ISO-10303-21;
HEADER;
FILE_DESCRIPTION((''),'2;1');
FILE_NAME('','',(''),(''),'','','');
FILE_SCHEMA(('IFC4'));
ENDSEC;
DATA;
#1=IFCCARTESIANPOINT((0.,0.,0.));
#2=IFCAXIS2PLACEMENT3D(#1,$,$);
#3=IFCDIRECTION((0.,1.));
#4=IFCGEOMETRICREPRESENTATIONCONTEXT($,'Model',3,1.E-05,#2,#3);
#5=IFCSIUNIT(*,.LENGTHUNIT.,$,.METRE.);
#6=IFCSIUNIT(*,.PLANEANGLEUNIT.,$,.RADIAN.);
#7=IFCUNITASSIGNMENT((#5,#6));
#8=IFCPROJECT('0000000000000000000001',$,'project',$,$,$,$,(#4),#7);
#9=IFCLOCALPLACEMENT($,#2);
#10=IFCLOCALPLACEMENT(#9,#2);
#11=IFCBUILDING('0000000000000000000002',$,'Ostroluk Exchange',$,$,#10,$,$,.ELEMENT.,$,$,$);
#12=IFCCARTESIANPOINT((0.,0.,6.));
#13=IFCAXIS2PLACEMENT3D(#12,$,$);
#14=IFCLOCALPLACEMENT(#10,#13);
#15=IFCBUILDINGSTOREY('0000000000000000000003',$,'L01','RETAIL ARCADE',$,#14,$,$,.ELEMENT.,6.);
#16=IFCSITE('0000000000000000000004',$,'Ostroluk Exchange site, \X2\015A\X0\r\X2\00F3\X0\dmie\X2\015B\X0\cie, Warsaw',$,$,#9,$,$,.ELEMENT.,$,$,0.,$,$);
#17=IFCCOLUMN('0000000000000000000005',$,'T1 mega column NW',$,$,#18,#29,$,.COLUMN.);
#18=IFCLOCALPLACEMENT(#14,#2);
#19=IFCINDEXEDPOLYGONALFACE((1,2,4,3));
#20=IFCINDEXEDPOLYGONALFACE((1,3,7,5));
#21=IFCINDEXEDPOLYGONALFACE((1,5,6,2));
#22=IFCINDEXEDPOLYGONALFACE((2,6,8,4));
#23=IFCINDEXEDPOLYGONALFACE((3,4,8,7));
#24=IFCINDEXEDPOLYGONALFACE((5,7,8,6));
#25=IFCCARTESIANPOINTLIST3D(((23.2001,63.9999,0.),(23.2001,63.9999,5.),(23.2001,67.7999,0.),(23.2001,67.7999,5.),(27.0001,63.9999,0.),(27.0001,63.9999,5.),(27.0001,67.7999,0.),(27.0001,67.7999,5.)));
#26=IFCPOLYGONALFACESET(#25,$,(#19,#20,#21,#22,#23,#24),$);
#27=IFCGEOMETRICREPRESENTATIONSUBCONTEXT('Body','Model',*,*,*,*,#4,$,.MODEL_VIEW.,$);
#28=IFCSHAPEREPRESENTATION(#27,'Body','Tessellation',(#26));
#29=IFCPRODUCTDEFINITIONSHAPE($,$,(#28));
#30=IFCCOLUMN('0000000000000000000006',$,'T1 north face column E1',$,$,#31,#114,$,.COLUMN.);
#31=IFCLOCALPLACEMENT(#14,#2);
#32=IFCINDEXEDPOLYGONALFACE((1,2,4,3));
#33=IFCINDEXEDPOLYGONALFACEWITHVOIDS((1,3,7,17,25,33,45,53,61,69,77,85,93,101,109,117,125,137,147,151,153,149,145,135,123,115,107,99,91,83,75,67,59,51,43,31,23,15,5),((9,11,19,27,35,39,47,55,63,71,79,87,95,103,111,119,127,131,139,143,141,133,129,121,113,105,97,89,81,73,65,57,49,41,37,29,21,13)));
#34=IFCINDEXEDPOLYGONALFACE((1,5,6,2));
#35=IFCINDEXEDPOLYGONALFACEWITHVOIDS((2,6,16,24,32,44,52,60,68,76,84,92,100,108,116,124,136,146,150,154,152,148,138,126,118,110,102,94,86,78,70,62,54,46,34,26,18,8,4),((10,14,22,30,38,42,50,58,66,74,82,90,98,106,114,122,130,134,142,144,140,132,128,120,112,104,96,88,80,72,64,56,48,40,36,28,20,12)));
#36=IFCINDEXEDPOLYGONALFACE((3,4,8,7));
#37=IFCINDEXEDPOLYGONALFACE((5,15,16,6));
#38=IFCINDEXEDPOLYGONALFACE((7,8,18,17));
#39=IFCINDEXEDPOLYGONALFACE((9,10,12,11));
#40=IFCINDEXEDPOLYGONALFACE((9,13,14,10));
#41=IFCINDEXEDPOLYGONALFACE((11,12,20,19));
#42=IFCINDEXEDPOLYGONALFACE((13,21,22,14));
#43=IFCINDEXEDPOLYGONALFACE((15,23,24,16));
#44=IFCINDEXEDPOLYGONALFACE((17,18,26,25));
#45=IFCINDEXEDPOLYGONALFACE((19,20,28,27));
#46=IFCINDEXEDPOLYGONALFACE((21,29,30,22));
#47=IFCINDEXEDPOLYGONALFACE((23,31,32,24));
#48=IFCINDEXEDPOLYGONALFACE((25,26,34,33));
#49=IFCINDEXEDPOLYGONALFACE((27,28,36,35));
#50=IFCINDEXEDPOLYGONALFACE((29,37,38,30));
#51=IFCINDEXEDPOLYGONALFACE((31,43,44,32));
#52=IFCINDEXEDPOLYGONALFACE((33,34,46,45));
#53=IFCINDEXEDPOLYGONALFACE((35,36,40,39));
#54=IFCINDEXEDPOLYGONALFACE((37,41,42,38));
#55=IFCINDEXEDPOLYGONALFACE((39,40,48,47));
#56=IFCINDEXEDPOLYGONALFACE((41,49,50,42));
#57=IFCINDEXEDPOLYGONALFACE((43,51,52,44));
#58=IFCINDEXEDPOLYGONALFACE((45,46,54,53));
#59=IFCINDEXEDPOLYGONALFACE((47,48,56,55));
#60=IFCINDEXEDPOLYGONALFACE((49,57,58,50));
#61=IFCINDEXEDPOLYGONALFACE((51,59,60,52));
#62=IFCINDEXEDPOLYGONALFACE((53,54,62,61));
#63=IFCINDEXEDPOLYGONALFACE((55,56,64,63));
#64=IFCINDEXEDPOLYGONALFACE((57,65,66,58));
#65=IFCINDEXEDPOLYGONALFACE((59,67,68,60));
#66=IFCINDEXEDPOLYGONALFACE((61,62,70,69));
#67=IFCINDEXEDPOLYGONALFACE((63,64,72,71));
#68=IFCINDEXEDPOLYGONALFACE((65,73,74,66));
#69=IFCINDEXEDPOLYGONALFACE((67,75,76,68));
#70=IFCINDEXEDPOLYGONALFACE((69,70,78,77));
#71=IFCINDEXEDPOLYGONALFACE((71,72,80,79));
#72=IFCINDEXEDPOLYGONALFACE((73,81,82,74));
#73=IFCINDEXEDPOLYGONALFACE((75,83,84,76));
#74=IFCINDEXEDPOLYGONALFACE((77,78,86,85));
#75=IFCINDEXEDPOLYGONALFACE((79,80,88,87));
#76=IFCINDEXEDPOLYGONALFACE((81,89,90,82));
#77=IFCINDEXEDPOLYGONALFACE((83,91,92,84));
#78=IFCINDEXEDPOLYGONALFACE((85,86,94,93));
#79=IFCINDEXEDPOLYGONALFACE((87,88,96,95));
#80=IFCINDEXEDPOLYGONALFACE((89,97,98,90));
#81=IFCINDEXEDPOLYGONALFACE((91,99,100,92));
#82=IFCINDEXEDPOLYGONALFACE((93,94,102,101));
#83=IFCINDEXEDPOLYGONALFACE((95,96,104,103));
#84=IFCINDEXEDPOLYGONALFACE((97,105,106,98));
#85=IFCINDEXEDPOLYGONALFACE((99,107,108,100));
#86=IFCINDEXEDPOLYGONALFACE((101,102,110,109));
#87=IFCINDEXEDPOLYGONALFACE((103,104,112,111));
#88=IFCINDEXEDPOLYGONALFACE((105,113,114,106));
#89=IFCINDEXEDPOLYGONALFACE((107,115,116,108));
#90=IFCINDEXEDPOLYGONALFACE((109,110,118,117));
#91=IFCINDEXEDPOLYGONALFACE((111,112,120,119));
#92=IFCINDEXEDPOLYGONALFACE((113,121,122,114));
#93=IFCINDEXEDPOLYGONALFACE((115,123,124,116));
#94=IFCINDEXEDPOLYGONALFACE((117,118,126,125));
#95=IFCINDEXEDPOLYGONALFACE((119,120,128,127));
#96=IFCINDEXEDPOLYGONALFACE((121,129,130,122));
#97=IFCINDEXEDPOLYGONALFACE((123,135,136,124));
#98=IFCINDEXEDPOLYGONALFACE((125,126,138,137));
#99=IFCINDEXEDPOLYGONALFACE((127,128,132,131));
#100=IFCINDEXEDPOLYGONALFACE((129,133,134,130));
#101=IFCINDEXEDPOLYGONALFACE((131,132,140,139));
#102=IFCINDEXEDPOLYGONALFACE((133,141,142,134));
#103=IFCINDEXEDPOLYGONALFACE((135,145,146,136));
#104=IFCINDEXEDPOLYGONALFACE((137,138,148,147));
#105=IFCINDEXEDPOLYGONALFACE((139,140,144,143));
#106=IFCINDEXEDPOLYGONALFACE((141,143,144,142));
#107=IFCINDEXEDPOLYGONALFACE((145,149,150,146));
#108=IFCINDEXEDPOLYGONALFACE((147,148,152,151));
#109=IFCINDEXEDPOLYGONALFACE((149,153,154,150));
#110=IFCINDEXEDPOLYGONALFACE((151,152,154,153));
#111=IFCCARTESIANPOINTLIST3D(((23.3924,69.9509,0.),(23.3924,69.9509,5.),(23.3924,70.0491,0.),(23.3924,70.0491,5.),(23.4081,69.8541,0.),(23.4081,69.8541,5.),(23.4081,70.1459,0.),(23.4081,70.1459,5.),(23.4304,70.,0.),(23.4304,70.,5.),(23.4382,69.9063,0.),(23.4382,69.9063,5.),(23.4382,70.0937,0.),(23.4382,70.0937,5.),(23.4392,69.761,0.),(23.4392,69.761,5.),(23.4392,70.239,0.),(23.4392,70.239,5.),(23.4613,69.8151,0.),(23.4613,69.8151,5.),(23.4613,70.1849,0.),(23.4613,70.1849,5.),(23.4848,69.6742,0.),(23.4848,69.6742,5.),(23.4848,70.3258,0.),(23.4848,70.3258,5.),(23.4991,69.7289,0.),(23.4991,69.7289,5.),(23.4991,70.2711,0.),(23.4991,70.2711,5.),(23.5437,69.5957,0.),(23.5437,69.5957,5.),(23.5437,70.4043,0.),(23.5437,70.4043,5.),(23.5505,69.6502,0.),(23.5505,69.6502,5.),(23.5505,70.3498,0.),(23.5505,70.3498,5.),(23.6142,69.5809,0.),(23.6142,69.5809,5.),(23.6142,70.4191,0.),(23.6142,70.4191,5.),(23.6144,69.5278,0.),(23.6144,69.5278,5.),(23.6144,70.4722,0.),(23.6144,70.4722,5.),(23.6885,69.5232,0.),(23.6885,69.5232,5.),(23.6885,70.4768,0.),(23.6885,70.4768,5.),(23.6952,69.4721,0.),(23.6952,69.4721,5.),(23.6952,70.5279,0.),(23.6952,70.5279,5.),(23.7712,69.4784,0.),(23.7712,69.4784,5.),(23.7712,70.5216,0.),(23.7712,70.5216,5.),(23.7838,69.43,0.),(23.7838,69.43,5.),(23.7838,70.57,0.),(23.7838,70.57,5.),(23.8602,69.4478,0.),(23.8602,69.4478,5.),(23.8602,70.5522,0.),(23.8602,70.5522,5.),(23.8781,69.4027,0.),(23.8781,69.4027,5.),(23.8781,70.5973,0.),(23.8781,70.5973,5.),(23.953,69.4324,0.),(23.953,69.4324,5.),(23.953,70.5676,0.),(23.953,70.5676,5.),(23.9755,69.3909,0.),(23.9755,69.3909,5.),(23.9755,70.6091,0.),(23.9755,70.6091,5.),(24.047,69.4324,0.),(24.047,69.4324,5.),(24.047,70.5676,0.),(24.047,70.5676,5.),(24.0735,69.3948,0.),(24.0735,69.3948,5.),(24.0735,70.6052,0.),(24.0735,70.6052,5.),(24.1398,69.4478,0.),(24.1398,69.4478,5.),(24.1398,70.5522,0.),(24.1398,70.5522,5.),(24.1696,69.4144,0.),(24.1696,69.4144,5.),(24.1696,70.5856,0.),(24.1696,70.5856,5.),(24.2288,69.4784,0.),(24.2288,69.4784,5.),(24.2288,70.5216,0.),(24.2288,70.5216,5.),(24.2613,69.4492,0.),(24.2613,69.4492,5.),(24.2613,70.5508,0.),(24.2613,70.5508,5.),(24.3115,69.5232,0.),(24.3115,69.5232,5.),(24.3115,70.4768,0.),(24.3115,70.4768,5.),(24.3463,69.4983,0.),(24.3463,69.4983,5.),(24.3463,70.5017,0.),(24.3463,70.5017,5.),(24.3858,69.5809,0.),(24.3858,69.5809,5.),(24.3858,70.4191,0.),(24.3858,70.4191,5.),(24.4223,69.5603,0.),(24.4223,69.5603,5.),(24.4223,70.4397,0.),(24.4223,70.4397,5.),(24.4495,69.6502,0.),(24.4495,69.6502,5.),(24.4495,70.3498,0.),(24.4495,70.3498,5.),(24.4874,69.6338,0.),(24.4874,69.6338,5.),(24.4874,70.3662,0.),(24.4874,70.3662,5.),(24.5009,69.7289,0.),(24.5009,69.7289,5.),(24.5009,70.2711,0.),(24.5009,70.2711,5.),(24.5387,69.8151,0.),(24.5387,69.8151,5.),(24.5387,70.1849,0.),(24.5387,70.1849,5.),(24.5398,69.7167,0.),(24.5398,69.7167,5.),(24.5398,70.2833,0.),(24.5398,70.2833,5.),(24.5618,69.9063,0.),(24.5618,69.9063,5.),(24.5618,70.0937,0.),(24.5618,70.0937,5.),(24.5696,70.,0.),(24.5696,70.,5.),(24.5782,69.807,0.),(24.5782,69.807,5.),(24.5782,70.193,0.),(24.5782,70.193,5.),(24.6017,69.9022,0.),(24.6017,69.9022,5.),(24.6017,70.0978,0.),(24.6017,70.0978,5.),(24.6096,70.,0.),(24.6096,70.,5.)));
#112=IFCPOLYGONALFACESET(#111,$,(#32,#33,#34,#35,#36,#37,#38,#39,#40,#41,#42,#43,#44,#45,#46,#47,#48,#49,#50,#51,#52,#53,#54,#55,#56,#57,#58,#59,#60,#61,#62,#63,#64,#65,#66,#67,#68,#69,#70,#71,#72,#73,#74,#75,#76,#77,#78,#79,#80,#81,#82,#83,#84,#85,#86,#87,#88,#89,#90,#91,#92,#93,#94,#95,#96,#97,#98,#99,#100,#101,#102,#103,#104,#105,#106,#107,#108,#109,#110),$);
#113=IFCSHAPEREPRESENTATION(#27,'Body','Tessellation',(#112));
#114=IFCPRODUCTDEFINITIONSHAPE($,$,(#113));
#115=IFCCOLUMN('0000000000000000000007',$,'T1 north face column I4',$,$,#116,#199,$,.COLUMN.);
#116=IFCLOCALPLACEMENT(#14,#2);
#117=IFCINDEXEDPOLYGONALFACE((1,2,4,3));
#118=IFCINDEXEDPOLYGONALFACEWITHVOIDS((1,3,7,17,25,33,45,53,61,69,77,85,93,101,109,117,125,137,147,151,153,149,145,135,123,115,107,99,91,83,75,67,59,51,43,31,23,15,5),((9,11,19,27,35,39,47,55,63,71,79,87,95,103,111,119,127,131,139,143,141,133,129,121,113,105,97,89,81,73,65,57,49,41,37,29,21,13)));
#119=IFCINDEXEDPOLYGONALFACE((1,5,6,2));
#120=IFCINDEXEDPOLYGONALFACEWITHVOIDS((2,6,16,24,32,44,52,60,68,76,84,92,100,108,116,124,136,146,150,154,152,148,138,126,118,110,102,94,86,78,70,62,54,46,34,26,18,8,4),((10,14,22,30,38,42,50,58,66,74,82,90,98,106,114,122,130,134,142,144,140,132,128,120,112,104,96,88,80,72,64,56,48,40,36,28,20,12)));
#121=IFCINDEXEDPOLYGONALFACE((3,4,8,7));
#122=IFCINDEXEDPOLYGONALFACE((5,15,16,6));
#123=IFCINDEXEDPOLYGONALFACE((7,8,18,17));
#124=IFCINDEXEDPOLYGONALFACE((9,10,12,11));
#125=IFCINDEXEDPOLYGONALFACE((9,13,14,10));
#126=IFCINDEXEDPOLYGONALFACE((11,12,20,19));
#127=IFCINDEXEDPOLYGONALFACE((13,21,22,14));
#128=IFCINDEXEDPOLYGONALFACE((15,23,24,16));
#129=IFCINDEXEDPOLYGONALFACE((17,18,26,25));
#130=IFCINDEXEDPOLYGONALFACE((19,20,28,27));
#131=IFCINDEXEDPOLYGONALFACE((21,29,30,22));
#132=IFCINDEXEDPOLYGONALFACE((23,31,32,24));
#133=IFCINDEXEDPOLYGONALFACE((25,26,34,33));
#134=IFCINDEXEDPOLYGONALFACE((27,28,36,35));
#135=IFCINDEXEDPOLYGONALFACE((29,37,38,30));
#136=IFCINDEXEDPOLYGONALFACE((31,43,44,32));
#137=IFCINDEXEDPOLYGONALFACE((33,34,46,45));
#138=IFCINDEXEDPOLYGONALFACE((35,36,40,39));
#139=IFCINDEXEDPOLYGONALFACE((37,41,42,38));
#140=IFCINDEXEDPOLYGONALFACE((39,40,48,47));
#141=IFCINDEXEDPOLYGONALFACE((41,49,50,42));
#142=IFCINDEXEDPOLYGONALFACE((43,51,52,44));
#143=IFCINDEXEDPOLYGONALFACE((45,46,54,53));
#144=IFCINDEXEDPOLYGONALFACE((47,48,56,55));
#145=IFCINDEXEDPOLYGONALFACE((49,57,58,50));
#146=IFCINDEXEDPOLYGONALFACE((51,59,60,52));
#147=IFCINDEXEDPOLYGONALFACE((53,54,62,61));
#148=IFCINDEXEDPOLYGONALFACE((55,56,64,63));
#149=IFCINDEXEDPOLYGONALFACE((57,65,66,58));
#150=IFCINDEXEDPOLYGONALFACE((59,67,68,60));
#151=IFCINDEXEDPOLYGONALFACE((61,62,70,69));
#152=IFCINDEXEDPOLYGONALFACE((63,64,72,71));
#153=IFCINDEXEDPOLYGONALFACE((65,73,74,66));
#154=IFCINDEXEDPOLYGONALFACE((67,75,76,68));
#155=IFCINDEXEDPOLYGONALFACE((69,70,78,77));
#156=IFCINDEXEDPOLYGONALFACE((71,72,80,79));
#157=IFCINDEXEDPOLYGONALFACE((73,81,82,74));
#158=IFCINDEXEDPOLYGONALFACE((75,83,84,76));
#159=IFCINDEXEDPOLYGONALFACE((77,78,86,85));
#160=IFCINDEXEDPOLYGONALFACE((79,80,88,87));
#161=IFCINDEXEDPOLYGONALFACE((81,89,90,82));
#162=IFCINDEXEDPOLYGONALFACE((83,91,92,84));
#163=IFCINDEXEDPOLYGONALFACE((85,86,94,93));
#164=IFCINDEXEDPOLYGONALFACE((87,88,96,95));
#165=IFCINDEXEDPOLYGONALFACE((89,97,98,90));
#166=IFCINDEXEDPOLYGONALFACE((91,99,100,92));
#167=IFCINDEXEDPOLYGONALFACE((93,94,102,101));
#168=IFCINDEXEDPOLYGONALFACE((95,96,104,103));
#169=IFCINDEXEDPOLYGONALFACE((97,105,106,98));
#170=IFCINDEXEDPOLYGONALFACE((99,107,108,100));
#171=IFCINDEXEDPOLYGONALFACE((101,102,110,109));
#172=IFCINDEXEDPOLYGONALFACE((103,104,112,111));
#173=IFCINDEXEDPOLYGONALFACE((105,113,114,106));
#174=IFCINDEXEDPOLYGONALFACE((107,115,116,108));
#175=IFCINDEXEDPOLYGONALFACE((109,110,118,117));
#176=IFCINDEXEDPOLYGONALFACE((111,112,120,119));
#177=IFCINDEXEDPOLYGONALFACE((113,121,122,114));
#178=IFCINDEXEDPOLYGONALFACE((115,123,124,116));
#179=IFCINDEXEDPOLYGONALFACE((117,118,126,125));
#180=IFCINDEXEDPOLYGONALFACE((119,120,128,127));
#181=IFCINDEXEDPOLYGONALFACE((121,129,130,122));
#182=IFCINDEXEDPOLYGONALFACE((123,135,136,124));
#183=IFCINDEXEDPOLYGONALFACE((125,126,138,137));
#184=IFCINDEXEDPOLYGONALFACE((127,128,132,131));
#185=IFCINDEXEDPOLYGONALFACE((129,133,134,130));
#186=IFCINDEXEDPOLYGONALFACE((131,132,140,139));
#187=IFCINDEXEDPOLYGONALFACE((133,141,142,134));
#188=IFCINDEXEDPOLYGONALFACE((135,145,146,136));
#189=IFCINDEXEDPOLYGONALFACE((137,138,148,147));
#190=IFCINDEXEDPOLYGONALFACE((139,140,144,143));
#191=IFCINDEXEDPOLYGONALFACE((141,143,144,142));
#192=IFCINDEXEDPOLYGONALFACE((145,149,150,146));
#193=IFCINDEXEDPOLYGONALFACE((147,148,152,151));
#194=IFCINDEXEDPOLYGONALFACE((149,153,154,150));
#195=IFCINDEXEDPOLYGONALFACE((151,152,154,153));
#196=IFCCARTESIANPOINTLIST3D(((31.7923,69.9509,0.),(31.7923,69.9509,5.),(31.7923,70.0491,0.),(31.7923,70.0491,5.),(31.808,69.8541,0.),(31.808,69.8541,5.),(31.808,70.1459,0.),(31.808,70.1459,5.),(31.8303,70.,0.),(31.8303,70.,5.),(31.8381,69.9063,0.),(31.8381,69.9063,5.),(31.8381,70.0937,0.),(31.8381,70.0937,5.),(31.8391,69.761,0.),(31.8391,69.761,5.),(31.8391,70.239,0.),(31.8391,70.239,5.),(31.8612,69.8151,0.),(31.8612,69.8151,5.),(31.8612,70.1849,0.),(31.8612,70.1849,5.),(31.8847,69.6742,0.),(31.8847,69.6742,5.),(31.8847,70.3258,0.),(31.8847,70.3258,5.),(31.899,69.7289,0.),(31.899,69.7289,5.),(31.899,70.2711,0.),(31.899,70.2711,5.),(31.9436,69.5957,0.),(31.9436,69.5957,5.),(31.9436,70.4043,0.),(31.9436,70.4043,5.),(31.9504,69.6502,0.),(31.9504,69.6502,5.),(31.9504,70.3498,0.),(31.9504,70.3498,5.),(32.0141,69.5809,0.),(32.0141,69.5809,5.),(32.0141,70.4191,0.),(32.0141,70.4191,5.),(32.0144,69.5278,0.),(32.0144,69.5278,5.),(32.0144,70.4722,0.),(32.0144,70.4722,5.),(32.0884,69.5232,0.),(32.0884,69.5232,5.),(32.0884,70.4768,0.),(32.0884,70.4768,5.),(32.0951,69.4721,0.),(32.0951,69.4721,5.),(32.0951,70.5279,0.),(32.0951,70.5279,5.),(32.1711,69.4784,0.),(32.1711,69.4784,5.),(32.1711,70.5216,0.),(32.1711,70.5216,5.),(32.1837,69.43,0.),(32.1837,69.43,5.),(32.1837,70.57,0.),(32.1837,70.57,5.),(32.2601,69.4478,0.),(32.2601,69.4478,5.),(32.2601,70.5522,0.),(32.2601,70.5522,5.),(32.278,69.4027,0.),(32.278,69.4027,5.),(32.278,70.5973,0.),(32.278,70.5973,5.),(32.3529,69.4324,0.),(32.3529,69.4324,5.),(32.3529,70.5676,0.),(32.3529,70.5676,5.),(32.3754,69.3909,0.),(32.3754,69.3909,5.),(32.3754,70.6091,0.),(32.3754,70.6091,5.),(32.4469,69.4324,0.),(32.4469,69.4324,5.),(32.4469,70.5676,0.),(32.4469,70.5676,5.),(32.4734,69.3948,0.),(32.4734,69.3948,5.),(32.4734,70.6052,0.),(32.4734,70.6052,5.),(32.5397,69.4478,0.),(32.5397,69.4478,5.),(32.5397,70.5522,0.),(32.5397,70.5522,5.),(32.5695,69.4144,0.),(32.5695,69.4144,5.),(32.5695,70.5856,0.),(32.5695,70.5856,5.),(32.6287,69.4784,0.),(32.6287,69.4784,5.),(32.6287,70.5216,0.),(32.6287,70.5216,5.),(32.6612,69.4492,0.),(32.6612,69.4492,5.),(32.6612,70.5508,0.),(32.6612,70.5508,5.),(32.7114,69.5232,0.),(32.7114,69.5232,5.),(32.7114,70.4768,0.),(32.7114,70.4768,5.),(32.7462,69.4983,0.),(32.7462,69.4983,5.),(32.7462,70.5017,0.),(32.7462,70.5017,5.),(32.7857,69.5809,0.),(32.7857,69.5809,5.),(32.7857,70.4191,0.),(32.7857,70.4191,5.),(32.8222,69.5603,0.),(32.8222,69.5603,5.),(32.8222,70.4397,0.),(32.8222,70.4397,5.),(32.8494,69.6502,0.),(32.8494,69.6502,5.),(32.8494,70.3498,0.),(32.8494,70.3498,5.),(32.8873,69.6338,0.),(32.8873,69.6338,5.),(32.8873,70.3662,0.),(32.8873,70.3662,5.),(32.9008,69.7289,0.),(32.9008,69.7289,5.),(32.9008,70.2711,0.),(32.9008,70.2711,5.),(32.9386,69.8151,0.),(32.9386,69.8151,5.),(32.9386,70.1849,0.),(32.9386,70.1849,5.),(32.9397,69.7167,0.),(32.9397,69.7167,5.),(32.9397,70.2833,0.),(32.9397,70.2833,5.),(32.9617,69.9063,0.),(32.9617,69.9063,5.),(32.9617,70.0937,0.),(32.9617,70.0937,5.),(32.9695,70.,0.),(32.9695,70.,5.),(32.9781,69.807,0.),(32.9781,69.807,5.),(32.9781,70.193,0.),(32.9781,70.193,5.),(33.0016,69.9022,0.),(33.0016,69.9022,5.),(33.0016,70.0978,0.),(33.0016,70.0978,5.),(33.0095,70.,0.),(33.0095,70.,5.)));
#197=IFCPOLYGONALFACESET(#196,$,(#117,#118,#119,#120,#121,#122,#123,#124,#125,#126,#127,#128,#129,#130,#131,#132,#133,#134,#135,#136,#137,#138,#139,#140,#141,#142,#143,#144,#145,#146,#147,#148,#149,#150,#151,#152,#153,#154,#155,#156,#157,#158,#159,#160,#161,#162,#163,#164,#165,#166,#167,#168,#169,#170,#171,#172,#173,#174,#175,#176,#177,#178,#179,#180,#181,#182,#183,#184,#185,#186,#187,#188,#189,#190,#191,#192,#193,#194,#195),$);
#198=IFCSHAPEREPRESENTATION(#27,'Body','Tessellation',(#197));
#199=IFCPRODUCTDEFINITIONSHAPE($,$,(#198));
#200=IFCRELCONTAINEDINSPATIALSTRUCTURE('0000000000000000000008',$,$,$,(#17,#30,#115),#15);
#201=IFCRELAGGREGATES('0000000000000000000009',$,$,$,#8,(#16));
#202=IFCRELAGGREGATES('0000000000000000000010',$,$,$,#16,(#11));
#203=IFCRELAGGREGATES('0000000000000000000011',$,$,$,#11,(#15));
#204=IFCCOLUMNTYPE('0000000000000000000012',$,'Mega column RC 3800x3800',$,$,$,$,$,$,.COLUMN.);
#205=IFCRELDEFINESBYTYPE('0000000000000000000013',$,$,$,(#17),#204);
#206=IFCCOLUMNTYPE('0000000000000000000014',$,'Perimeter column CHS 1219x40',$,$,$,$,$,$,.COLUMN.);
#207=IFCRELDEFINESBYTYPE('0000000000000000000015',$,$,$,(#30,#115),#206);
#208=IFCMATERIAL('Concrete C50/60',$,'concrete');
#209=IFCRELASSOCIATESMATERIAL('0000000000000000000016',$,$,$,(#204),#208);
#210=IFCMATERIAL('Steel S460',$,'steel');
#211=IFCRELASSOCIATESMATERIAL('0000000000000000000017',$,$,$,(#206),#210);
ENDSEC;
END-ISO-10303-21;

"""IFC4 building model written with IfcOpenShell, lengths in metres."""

from ifc_helpers import new_model, si_unit, direction, frame, origin, origin_2d, place, context, subcontext, project, spatial, rectangle, hollow_circle, extrude, material, material_profile, profile_set, type_object, element, save


model = new_model("IFC4")

# Units and contexts
model_context = context("Model", 3, precision=1e-05, world=origin(), true_north=direction((0.0, 1.0)))
body_context = subcontext(model_context, "Body", "Model", "MODEL_VIEW")
ifc_project = project(units=[si_unit("LENGTHUNIT", "METRE"), si_unit("PLANEANGLEUNIT", "RADIAN")], contexts=[model_context])

# Site, building, storey
site_placement = place(None, origin())
site = spatial("IfcSite", under=ifc_project, at=site_placement, Name="Ostroluk Exchange site, Śródmieście, Warsaw", CompositionType="ELEMENT", RefElevation=0.0)
building_placement = place(site_placement, origin())
building = spatial("IfcBuilding", under=site, at=building_placement, Name="Ostroluk Exchange", CompositionType="ELEMENT")
storey_placement = place(building_placement, frame((0.0, 0.0, 6.0)))
storey = spatial("IfcBuildingStorey", under=building, at=storey_placement, Name="L01", Description="RETAIL ARCADE", CompositionType="ELEMENT", Elevation=6.0)

# Columns
ifc_material_1 = material(Name="Concrete C50/60", Category="concrete")
ifc_material_profile_1 = material_profile(ifc_material_1, rectangle(XDim=3.8, YDim=3.8, at=origin_2d()), Name="RC 3800x3800")
ifc_profile_set_1 = profile_set([ifc_material_profile_1], Name="Concrete C50/60")
column_type_1 = type_object("IfcColumnType", Name="Mega column RC 3800x3800", PredefinedType="COLUMN", material=ifc_profile_set_1)
column_placement = place(storey_placement, frame((25.1001, 65.8999, 0.0), z_axis=(0.0, 0.0, 1.0), x_axis=(1.0, 0.0, 0.0)))
element("IfcColumn", 1, at=column_placement, inside=storey, type_object=column_type_1, Name="T1 mega column NW", PredefinedType="COLUMN", context=body_context, shape_type="SweptSolid", body=[
    extrude(rectangle(XDim=3.8, YDim=3.8, at=origin_2d()), origin(), (0.0, 0.0, 1.0), 5.0),
])
ifc_material_2 = material(Name="Steel S460", Category="steel")
ifc_material_profile_2 = material_profile(ifc_material_2, hollow_circle(Radius=0.6096, WallThickness=0.04, at=origin_2d()), Name="CHS 1219x40")
ifc_profile_set_2 = profile_set([ifc_material_profile_2], Name="Steel S460")
column_type_2 = type_object("IfcColumnType", Name="Perimeter column CHS 1219x40", PredefinedType="COLUMN", material=ifc_profile_set_2)
for number, where, z_axis, x_axis, name in (
    (2, (24.0, 70.0, 0.0), (0.0, 0.0, 1.0), (1.0, 0.0, 0.0), "T1 north face column E1"),
    (3, (32.3999, 70.0, 0.0), (0.0, 0.0, 1.0), (1.0, 0.0, 0.0), "T1 north face column I4"),
):
    element("IfcColumn", number, at=place(storey_placement, frame(where, z_axis=z_axis, x_axis=x_axis)), inside=storey, type_object=column_type_2, Name=name, PredefinedType="COLUMN", context=body_context, shape_type="SweptSolid", body=[
        extrude(hollow_circle(Radius=0.6096, WallThickness=0.04, at=origin_2d()), origin(), (0.0, 0.0, 1.0), 5.0),
    ])

save(model, "model.ifc")
